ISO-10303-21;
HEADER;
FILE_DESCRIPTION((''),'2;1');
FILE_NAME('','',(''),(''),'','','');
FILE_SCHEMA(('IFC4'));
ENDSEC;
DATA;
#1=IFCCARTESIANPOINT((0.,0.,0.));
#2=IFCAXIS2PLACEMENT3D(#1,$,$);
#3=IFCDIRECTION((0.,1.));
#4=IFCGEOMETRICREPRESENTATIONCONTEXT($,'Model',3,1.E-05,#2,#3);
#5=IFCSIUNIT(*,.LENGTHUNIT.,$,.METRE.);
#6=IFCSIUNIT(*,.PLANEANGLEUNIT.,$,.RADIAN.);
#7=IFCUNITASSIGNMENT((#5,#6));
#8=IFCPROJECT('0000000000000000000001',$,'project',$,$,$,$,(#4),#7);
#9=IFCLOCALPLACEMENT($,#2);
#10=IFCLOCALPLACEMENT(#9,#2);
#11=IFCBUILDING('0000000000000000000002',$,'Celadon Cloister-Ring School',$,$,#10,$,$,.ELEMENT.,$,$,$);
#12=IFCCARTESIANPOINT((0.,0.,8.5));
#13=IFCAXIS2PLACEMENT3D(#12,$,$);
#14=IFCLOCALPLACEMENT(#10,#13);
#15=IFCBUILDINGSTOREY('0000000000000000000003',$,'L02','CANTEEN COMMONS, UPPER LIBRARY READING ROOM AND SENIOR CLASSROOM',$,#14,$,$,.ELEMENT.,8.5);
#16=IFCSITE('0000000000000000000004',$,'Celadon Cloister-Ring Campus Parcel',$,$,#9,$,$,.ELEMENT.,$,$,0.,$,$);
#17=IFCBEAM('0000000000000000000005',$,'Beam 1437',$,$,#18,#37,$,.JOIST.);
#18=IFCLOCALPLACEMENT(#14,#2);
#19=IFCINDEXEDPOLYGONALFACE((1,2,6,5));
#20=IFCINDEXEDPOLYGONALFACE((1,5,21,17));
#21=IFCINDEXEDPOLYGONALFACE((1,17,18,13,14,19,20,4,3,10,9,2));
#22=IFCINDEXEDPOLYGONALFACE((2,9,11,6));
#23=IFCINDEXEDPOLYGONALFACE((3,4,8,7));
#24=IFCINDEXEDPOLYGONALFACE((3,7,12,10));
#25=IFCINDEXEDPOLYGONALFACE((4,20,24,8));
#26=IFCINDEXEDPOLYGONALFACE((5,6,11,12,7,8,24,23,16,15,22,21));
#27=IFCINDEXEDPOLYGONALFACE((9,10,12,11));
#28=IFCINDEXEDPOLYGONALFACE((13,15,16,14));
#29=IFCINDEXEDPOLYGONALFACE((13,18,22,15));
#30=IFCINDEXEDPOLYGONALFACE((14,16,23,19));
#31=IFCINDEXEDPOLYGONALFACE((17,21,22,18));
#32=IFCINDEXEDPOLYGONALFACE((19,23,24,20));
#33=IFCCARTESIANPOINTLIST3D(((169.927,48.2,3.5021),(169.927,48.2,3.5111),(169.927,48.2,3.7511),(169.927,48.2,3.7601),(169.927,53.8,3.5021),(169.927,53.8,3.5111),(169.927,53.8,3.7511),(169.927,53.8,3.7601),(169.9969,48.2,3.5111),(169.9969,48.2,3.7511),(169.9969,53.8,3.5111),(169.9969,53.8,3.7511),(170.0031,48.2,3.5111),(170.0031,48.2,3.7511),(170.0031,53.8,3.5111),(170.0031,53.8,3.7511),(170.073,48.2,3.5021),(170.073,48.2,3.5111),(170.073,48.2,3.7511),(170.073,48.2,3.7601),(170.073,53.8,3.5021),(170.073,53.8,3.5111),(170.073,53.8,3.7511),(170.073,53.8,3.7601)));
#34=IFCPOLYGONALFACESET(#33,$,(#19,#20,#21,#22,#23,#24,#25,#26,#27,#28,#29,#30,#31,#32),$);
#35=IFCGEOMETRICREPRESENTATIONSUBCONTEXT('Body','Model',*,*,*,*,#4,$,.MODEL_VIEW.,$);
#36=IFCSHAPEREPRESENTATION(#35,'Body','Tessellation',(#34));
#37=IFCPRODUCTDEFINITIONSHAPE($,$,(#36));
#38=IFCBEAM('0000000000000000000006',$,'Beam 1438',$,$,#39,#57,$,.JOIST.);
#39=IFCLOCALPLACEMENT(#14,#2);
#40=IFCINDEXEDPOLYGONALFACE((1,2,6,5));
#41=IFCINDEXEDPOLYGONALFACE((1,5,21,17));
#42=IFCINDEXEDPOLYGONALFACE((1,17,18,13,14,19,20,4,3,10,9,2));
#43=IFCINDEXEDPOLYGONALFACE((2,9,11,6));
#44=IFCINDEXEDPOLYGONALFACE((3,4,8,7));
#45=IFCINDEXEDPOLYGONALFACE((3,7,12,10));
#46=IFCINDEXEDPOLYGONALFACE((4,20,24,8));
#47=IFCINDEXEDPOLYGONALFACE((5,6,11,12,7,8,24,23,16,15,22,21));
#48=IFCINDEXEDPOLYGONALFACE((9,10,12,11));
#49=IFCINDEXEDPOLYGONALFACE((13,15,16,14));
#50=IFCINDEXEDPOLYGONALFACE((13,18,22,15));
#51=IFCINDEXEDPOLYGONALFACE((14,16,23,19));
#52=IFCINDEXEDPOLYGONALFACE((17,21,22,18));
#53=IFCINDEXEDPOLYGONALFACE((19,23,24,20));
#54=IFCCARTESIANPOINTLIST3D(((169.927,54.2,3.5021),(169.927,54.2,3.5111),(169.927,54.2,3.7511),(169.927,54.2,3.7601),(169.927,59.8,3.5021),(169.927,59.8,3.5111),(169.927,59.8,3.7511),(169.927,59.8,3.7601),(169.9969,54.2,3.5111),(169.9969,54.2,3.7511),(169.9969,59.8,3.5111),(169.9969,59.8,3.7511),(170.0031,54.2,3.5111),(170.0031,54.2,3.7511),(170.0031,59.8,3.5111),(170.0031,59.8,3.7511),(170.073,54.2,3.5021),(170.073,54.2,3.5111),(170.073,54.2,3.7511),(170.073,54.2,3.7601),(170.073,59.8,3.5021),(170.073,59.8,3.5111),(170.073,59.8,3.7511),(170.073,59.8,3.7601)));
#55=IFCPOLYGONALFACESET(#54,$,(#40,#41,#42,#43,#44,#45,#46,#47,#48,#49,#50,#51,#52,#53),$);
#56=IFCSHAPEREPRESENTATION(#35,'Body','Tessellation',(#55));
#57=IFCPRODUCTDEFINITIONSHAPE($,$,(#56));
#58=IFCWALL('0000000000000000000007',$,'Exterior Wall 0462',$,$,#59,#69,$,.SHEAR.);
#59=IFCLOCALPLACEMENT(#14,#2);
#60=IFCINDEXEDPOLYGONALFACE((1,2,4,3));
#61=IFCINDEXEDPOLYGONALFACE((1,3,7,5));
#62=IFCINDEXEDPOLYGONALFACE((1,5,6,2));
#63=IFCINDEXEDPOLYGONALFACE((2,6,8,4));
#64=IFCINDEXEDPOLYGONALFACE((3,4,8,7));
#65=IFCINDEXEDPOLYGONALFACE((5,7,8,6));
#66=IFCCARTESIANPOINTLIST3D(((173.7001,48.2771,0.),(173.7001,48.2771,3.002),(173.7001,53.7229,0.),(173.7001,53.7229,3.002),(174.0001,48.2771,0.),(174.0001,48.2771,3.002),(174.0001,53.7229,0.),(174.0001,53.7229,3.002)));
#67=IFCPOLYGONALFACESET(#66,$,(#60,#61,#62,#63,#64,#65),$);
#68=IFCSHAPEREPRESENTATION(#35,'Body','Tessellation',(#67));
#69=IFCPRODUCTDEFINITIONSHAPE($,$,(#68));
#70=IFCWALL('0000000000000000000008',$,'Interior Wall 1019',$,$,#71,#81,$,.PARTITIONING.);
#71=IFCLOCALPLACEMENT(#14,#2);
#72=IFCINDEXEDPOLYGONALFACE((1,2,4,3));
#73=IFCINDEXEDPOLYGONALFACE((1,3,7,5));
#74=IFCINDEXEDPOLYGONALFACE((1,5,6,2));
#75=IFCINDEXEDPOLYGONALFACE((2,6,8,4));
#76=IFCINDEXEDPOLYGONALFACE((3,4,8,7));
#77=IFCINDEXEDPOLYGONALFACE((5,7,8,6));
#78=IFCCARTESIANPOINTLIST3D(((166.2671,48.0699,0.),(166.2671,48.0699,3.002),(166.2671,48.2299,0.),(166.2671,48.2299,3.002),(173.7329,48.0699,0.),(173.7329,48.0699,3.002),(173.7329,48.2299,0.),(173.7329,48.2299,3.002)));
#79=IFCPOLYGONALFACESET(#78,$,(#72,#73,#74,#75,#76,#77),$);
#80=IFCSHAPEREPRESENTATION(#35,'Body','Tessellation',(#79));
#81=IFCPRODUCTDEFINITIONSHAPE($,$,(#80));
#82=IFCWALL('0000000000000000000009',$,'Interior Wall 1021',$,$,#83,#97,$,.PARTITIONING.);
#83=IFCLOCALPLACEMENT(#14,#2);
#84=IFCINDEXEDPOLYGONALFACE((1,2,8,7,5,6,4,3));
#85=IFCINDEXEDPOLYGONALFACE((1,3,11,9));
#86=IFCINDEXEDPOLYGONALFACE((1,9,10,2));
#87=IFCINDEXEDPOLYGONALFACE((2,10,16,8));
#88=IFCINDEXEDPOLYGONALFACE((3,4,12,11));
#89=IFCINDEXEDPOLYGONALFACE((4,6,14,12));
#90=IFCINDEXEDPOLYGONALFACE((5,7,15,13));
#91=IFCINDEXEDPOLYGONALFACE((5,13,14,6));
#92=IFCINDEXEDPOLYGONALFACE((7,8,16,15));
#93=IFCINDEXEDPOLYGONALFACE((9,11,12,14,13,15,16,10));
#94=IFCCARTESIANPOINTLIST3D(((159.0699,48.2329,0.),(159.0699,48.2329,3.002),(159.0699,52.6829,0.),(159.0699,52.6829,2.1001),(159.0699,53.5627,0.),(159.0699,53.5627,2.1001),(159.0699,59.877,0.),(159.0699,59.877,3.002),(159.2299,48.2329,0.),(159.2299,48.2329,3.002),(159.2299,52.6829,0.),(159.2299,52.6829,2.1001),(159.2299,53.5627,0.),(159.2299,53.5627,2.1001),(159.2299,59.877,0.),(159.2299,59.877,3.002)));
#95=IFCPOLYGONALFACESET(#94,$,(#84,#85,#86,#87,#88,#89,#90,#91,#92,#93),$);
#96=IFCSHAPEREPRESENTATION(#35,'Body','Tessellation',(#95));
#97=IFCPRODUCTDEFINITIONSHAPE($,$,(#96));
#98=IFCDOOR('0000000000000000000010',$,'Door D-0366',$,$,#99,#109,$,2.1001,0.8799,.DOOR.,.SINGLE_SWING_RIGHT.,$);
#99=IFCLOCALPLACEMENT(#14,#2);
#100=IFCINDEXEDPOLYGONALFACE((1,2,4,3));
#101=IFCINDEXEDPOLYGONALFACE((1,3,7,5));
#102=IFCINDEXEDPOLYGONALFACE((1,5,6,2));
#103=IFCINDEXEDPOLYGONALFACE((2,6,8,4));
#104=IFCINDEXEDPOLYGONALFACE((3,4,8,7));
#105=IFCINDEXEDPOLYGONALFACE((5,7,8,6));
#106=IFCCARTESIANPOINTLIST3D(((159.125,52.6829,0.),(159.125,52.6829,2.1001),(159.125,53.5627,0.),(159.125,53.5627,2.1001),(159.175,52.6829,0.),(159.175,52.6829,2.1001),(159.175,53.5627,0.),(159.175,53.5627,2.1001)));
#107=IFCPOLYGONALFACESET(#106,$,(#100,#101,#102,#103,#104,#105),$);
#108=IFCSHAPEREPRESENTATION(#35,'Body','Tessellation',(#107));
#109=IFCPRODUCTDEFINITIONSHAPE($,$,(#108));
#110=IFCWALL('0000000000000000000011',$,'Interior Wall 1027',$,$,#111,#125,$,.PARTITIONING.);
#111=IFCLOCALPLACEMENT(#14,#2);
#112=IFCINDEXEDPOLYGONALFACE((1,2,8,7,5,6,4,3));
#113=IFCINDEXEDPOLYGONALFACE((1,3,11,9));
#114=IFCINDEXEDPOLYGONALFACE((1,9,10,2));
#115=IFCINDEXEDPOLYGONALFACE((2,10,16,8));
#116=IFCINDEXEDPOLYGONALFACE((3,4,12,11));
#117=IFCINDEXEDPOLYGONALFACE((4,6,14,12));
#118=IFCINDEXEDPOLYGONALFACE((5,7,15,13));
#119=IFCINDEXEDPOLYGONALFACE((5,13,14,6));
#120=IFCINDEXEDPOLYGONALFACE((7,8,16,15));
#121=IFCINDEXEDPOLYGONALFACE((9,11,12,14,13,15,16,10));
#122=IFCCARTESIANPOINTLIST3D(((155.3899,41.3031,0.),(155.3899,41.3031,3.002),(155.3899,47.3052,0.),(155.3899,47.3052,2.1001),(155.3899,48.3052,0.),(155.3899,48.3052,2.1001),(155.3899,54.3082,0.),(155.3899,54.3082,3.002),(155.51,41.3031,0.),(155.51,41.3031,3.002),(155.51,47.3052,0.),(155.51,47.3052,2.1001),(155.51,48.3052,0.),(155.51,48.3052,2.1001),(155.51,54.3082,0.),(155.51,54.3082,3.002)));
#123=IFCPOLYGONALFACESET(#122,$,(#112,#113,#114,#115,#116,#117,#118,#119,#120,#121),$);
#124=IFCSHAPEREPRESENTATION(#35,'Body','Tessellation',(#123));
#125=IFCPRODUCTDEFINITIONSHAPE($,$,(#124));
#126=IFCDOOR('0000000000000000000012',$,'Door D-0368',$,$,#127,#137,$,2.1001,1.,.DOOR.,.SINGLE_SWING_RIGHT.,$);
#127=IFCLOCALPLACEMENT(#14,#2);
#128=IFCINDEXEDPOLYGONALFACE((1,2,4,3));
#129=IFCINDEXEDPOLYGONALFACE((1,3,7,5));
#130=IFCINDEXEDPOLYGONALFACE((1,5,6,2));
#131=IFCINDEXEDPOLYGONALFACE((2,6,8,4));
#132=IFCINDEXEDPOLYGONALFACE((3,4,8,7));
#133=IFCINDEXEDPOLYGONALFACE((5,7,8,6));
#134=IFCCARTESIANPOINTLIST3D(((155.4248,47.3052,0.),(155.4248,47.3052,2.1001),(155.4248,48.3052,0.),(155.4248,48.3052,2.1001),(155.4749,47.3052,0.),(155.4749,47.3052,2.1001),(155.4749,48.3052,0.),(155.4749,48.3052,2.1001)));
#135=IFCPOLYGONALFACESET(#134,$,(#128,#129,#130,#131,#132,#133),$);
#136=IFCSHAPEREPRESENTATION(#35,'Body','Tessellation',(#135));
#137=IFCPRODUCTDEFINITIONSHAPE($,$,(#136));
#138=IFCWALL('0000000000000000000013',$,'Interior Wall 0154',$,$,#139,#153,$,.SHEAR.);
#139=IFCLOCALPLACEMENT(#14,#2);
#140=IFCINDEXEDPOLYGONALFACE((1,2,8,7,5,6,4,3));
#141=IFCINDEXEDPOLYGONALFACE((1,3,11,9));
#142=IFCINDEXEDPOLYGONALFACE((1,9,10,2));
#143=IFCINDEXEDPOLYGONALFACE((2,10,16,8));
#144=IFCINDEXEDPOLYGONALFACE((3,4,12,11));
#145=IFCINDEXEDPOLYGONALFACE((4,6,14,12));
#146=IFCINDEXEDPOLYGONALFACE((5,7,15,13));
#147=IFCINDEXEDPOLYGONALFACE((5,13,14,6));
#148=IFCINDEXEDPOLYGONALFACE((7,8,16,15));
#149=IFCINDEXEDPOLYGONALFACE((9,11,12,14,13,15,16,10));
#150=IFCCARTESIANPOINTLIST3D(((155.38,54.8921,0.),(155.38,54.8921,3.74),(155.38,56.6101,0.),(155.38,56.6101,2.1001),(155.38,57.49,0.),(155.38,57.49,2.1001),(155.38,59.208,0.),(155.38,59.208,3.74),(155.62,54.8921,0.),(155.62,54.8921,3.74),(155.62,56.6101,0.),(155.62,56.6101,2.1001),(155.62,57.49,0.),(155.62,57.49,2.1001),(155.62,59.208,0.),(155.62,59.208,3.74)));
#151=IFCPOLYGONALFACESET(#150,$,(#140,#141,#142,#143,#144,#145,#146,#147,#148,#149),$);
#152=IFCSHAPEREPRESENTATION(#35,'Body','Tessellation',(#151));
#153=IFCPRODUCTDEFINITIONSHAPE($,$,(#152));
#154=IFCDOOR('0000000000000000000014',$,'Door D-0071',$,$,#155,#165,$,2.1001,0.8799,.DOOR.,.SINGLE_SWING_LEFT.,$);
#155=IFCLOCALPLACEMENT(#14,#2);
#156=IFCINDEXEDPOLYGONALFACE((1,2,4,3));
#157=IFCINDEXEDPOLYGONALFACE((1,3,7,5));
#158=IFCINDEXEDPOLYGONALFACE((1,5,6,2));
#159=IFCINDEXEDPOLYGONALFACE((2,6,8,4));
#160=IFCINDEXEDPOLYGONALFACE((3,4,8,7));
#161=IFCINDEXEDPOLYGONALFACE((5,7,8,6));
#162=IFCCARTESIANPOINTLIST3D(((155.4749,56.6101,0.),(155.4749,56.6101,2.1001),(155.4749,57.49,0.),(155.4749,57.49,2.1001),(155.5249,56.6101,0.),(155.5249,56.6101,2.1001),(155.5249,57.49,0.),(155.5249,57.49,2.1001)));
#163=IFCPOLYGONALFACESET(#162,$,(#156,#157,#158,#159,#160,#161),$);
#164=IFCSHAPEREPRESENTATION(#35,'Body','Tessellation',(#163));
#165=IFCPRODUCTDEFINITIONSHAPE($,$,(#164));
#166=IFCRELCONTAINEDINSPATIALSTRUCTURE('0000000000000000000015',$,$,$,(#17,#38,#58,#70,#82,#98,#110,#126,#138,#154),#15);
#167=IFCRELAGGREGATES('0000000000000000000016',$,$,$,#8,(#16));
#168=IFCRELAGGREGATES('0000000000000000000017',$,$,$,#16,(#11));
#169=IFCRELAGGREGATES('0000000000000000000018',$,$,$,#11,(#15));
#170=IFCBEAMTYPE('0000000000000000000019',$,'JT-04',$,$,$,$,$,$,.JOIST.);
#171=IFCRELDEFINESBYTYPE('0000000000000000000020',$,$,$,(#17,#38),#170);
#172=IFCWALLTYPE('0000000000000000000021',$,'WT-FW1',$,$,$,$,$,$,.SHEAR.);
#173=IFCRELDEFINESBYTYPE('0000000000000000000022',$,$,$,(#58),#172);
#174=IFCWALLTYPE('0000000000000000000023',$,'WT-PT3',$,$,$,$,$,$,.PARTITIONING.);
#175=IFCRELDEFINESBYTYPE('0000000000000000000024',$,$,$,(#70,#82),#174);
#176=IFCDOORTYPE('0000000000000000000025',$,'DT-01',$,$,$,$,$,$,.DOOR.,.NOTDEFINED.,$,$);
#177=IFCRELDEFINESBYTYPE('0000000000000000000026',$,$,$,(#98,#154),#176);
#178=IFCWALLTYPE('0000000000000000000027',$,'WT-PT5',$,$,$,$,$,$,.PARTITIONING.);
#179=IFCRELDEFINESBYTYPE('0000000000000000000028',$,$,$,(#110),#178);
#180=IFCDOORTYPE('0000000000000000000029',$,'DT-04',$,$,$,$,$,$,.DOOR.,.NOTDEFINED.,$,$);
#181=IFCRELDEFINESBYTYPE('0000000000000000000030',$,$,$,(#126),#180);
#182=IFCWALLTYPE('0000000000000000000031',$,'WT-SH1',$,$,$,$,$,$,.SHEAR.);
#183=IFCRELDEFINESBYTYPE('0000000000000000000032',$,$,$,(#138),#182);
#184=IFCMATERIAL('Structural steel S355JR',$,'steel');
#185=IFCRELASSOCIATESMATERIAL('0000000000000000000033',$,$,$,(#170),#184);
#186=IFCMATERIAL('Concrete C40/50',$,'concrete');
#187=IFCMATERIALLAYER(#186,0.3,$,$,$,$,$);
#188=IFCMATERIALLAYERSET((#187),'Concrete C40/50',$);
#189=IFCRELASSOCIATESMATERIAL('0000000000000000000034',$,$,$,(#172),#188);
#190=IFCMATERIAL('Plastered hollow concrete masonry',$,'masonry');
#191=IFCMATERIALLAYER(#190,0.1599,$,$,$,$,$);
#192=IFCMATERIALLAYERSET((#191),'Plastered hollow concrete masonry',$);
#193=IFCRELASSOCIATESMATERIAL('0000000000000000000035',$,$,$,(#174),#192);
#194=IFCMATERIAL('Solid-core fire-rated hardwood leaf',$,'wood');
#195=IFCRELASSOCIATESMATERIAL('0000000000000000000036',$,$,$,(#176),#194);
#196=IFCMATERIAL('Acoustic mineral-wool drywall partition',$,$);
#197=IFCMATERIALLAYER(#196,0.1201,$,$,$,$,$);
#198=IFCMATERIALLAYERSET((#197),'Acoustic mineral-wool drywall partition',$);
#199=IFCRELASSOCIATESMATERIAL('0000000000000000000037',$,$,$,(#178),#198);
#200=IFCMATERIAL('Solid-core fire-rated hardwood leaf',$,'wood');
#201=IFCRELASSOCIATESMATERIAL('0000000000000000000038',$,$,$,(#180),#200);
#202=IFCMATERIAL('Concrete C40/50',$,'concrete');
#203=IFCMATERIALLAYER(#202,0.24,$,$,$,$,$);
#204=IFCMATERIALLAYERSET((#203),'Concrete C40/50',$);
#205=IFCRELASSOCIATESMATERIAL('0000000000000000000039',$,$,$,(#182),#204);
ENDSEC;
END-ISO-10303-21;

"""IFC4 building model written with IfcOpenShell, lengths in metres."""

from ifc_helpers import new_model, si_unit, direction, frame, frame_2d, origin, origin_2d, place, context, subcontext, project, spatial, rectangle, i_section, extrude, material, layer, layer_set, material_profile, profile_set, type_object, element, fill, save


model = new_model("IFC4")

# Units and contexts
model_context = context("Model", 3, precision=1e-05, world=origin(), true_north=direction((0.0, 1.0)))
body_context = subcontext(model_context, "Body", "Model", "MODEL_VIEW")
ifc_project = project(units=[si_unit("LENGTHUNIT", "METRE"), si_unit("PLANEANGLEUNIT", "RADIAN")], contexts=[model_context])

# Site, building, storey
site_placement = place(None, origin())
site = spatial("IfcSite", under=ifc_project, at=site_placement, Name="Celadon Cloister-Ring Campus Parcel", CompositionType="ELEMENT", RefElevation=0.0)
building_placement = place(site_placement, origin())
building = spatial("IfcBuilding", under=site, at=building_placement, Name="Celadon Cloister-Ring School", CompositionType="ELEMENT")
storey_placement = place(building_placement, frame((0.0, 0.0, 8.5)))
storey = spatial("IfcBuildingStorey", under=building, at=storey_placement, Name="L02", Description="CANTEEN COMMONS, UPPER LIBRARY READING ROOM AND SENIOR CLASSROOM", CompositionType="ELEMENT", Elevation=8.5)

# Beams
ifc_material_1 = material(Name="Structural steel S355JR", Category="steel")
ifc_material_profile_1 = material_profile(ifc_material_1, i_section(OverallWidth=0.146, OverallDepth=0.2581, WebThickness=0.0061, FlangeThickness=0.009, at=origin_2d()), Name="W250X33")
ifc_profile_set_1 = profile_set([ifc_material_profile_1], Name="Structural steel S355JR")
beam_type_1 = type_object("IfcBeamType", Name="JT-04", PredefinedType="JOIST", material=ifc_profile_set_1)
for number, where, z_axis, x_axis, name in (
    (1, (170.0, 48.2, 3.6311), (0.0, 1.0, 0.0), (-1.0, 0.0, 0.0), "Beam 1437"),
    (2, (170.0, 54.2, 3.6311), (0.0, 1.0, 0.0), (-1.0, 0.0, 0.0), "Beam 1438"),
):
    element("IfcBeam", number, at=place(storey_placement, frame(where, z_axis=z_axis, x_axis=x_axis)), inside=storey, type_object=beam_type_1, Name=name, PredefinedType="JOIST", context=body_context, shape_type="SweptSolid", body=[
        extrude(i_section(OverallWidth=0.146, OverallDepth=0.2581, WebThickness=0.0061, FlangeThickness=0.009, at=origin_2d()), origin(), (0.0, 0.0, 1.0), 5.6001),
    ])

# Walls
ifc_material_2 = material(Name="Concrete C40/50", Category="concrete")
ifc_layer_1 = layer(ifc_material_2, 0.3)
ifc_layer_set_1 = layer_set([ifc_layer_1], Name="Concrete C40/50")
wall_type_1 = type_object("IfcWallType", Name="WT-FW1", PredefinedType="SHEAR", material=ifc_layer_set_1)
wall_1_placement = place(storey_placement, frame((173.8501, 53.7229, 0.0), z_axis=(0.0, 0.0, 1.0), x_axis=(0.0, -1.0, 0.0)))
element("IfcWall", 3, at=wall_1_placement, inside=storey, type_object=wall_type_1, Name="Exterior Wall 0462", PredefinedType="SHEAR", context=body_context, shape_type="SweptSolid", body=[
    extrude(rectangle(XDim=5.4458, YDim=0.3, at=frame_2d((2.7229, 0.0))), origin(), (0.0, 0.0, 1.0), 3.002),
])
ifc_material_3 = material(Name="Plastered hollow concrete masonry", Category="masonry")
ifc_layer_2 = layer(ifc_material_3, 0.1599)
ifc_layer_set_2 = layer_set([ifc_layer_2], Name="Plastered hollow concrete masonry")
wall_type_2 = type_object("IfcWallType", Name="WT-PT3", PredefinedType="PARTITIONING", material=ifc_layer_set_2)
wall_2_placement = place(storey_placement, frame((173.7329, 48.1499, 0.0), z_axis=(0.0, 0.0, 1.0), x_axis=(-1.0, 0.0, 0.0)))
element("IfcWall", 4, at=wall_2_placement, inside=storey, type_object=wall_type_2, Name="Interior Wall 1019", PredefinedType="PARTITIONING", context=body_context, shape_type="SweptSolid", body=[
    extrude(rectangle(XDim=7.4658, YDim=0.1599, at=frame_2d((3.7329, 0.0))), origin(), (0.0, 0.0, 1.0), 3.002),
])

# Walls, openings, doors
wall_3_placement = place(storey_placement, frame((159.1499, 48.2329, 0.0), z_axis=(0.0, 0.0, 1.0), x_axis=(0.0, 1.0, 0.0)))
wall_3 = element("IfcWall", 5, at=wall_3_placement, inside=storey, type_object=wall_type_2, Name="Interior Wall 1021", PredefinedType="PARTITIONING", context=body_context, shape_type="SweptSolid", body=[
    extrude(rectangle(XDim=11.644, YDim=0.1599, at=frame_2d((5.822, 0.0))), origin(), (0.0, 0.0, 1.0), 3.002),
])
opening_1_placement = place(wall_3_placement, frame((4.45, 0.0, 0.0)))
opening_1 = element("IfcOpeningElement", 6, at=opening_1_placement, cuts=wall_3, PredefinedType="OPENING", context=body_context, shape_type="SweptSolid", body=[
    extrude(rectangle(XDim=0.8799, YDim=2.1001, at=frame_2d((0.4399, 1.05))), frame((0.0, 0.0898, 0.0), z_axis=(0.0, -1.0, 0.0), x_axis=(1.0, 0.0, 0.0)), (0.0, 0.0, 1.0), 0.1799),
])
ifc_material_4 = material(Name="Solid-core fire-rated hardwood leaf", Category="wood")
door_type_1 = type_object("IfcDoorType", Name="DT-01", OperationType="NOTDEFINED", PredefinedType="DOOR", material=ifc_material_4)
door_1_placement = place(opening_1_placement, origin())
door_1 = element("IfcDoor", 7, at=door_1_placement, inside=storey, type_object=door_type_1, Name="Door D-0366", OperationType="SINGLE_SWING_RIGHT", OverallHeight=2.1001, OverallWidth=0.8799, PredefinedType="DOOR", context=body_context, shape_type="SweptSolid", body=[
    extrude(rectangle(XDim=0.8799, YDim=2.1001, at=frame_2d((0.4399, 1.05))), frame((0.0, 0.0249, 0.0), z_axis=(0.0, -1.0, 0.0), x_axis=(1.0, 0.0, 0.0)), (0.0, 0.0, 1.0), 0.05),
])
fill(opening_1, door_1)
ifc_material_5 = material(Name="Acoustic mineral-wool drywall partition")
ifc_layer_3 = layer(ifc_material_5, 0.1201)
ifc_layer_set_3 = layer_set([ifc_layer_3], Name="Acoustic mineral-wool drywall partition")
wall_type_3 = type_object("IfcWallType", Name="WT-PT5", PredefinedType="PARTITIONING", material=ifc_layer_set_3)
wall_4_placement = place(storey_placement, frame((155.45, 54.3081, 0.0), z_axis=(0.0, 0.0, 1.0), x_axis=(0.0, -1.0, 0.0)))
wall_4 = element("IfcWall", 8, at=wall_4_placement, inside=storey, type_object=wall_type_3, Name="Interior Wall 1027", PredefinedType="PARTITIONING", context=body_context, shape_type="SweptSolid", body=[
    extrude(rectangle(XDim=13.0051, YDim=0.1201, at=frame_2d((6.5024, 0.0))), origin(), (0.0, 0.0, 1.0), 3.002),
])
opening_2_placement = place(wall_4_placement, frame((6.0029, 0.0, 0.0)))
opening_2 = element("IfcOpeningElement", 9, at=opening_2_placement, cuts=wall_4, PredefinedType="OPENING", context=body_context, shape_type="SweptSolid", body=[
    extrude(rectangle(XDim=1.0, YDim=2.1001, at=frame_2d((0.5, 1.05))), frame((0.0, 0.0701, 0.0), z_axis=(0.0, -1.0, 0.0), x_axis=(1.0, 0.0, 0.0)), (0.0, 0.0, 1.0), 0.1401),
])
ifc_material_6 = material(Name="Solid-core fire-rated hardwood leaf", Category="wood")
door_type_2 = type_object("IfcDoorType", Name="DT-04", OperationType="NOTDEFINED", PredefinedType="DOOR", material=ifc_material_6)
door_2_placement = place(opening_2_placement, origin())
door_2 = element("IfcDoor", 10, at=door_2_placement, inside=storey, type_object=door_type_2, Name="Door D-0368", OperationType="SINGLE_SWING_RIGHT", OverallHeight=2.1001, OverallWidth=1.0, PredefinedType="DOOR", context=body_context, shape_type="SweptSolid", body=[
    extrude(rectangle(XDim=1.0, YDim=2.1001, at=frame_2d((0.5, 1.05))), frame((0.0, 0.0249, 0.0), z_axis=(0.0, -1.0, 0.0), x_axis=(1.0, 0.0, 0.0)), (0.0, 0.0, 1.0), 0.05),
])
fill(opening_2, door_2)
ifc_material_7 = material(Name="Concrete C40/50", Category="concrete")
ifc_layer_4 = layer(ifc_material_7, 0.24)
ifc_layer_set_4 = layer_set([ifc_layer_4], Name="Concrete C40/50")
wall_type_4 = type_object("IfcWallType", Name="WT-SH1", PredefinedType="SHEAR", material=ifc_layer_set_4)
wall_5_placement = place(storey_placement, frame((155.5, 59.208, 0.0), z_axis=(0.0, 0.0, 1.0), x_axis=(0.0, -1.0, 0.0)))
wall_5 = element("IfcWall", 11, at=wall_5_placement, inside=storey, type_object=wall_type_4, Name="Interior Wall 0154", PredefinedType="SHEAR", context=body_context, shape_type="SweptSolid", body=[
    extrude(rectangle(XDim=4.3159, YDim=0.24, at=frame_2d((2.158, 0.0))), origin(), (0.0, 0.0, 1.0), 3.74),
])
opening_3_placement = place(wall_5_placement, frame((1.718, 0.0, 0.0)))
opening_3 = element("IfcOpeningElement", 12, at=opening_3_placement, cuts=wall_5, PredefinedType="OPENING", context=body_context, shape_type="SweptSolid", body=[
    extrude(rectangle(XDim=0.8799, YDim=2.1001, at=frame_2d((0.4399, 1.05))), frame((0.0, 0.1299, 0.0), z_axis=(0.0, -1.0, 0.0), x_axis=(1.0, 0.0, 0.0)), (0.0, 0.0, 1.0), 0.26),
])
door_3_placement = place(opening_3_placement, origin())
door_3 = element("IfcDoor", 13, at=door_3_placement, inside=storey, type_object=door_type_1, Name="Door D-0071", OperationType="SINGLE_SWING_LEFT", OverallHeight=2.1001, OverallWidth=0.8799, PredefinedType="DOOR", context=body_context, shape_type="SweptSolid", body=[
    extrude(rectangle(XDim=0.8799, YDim=2.1001, at=frame_2d((0.4399, 1.05))), frame((0.0, 0.0249, 0.0), z_axis=(0.0, -1.0, 0.0), x_axis=(1.0, 0.0, 0.0)), (0.0, 0.0, 1.0), 0.05),
])
fill(opening_3, door_3)

save(model, "model.ifc")
